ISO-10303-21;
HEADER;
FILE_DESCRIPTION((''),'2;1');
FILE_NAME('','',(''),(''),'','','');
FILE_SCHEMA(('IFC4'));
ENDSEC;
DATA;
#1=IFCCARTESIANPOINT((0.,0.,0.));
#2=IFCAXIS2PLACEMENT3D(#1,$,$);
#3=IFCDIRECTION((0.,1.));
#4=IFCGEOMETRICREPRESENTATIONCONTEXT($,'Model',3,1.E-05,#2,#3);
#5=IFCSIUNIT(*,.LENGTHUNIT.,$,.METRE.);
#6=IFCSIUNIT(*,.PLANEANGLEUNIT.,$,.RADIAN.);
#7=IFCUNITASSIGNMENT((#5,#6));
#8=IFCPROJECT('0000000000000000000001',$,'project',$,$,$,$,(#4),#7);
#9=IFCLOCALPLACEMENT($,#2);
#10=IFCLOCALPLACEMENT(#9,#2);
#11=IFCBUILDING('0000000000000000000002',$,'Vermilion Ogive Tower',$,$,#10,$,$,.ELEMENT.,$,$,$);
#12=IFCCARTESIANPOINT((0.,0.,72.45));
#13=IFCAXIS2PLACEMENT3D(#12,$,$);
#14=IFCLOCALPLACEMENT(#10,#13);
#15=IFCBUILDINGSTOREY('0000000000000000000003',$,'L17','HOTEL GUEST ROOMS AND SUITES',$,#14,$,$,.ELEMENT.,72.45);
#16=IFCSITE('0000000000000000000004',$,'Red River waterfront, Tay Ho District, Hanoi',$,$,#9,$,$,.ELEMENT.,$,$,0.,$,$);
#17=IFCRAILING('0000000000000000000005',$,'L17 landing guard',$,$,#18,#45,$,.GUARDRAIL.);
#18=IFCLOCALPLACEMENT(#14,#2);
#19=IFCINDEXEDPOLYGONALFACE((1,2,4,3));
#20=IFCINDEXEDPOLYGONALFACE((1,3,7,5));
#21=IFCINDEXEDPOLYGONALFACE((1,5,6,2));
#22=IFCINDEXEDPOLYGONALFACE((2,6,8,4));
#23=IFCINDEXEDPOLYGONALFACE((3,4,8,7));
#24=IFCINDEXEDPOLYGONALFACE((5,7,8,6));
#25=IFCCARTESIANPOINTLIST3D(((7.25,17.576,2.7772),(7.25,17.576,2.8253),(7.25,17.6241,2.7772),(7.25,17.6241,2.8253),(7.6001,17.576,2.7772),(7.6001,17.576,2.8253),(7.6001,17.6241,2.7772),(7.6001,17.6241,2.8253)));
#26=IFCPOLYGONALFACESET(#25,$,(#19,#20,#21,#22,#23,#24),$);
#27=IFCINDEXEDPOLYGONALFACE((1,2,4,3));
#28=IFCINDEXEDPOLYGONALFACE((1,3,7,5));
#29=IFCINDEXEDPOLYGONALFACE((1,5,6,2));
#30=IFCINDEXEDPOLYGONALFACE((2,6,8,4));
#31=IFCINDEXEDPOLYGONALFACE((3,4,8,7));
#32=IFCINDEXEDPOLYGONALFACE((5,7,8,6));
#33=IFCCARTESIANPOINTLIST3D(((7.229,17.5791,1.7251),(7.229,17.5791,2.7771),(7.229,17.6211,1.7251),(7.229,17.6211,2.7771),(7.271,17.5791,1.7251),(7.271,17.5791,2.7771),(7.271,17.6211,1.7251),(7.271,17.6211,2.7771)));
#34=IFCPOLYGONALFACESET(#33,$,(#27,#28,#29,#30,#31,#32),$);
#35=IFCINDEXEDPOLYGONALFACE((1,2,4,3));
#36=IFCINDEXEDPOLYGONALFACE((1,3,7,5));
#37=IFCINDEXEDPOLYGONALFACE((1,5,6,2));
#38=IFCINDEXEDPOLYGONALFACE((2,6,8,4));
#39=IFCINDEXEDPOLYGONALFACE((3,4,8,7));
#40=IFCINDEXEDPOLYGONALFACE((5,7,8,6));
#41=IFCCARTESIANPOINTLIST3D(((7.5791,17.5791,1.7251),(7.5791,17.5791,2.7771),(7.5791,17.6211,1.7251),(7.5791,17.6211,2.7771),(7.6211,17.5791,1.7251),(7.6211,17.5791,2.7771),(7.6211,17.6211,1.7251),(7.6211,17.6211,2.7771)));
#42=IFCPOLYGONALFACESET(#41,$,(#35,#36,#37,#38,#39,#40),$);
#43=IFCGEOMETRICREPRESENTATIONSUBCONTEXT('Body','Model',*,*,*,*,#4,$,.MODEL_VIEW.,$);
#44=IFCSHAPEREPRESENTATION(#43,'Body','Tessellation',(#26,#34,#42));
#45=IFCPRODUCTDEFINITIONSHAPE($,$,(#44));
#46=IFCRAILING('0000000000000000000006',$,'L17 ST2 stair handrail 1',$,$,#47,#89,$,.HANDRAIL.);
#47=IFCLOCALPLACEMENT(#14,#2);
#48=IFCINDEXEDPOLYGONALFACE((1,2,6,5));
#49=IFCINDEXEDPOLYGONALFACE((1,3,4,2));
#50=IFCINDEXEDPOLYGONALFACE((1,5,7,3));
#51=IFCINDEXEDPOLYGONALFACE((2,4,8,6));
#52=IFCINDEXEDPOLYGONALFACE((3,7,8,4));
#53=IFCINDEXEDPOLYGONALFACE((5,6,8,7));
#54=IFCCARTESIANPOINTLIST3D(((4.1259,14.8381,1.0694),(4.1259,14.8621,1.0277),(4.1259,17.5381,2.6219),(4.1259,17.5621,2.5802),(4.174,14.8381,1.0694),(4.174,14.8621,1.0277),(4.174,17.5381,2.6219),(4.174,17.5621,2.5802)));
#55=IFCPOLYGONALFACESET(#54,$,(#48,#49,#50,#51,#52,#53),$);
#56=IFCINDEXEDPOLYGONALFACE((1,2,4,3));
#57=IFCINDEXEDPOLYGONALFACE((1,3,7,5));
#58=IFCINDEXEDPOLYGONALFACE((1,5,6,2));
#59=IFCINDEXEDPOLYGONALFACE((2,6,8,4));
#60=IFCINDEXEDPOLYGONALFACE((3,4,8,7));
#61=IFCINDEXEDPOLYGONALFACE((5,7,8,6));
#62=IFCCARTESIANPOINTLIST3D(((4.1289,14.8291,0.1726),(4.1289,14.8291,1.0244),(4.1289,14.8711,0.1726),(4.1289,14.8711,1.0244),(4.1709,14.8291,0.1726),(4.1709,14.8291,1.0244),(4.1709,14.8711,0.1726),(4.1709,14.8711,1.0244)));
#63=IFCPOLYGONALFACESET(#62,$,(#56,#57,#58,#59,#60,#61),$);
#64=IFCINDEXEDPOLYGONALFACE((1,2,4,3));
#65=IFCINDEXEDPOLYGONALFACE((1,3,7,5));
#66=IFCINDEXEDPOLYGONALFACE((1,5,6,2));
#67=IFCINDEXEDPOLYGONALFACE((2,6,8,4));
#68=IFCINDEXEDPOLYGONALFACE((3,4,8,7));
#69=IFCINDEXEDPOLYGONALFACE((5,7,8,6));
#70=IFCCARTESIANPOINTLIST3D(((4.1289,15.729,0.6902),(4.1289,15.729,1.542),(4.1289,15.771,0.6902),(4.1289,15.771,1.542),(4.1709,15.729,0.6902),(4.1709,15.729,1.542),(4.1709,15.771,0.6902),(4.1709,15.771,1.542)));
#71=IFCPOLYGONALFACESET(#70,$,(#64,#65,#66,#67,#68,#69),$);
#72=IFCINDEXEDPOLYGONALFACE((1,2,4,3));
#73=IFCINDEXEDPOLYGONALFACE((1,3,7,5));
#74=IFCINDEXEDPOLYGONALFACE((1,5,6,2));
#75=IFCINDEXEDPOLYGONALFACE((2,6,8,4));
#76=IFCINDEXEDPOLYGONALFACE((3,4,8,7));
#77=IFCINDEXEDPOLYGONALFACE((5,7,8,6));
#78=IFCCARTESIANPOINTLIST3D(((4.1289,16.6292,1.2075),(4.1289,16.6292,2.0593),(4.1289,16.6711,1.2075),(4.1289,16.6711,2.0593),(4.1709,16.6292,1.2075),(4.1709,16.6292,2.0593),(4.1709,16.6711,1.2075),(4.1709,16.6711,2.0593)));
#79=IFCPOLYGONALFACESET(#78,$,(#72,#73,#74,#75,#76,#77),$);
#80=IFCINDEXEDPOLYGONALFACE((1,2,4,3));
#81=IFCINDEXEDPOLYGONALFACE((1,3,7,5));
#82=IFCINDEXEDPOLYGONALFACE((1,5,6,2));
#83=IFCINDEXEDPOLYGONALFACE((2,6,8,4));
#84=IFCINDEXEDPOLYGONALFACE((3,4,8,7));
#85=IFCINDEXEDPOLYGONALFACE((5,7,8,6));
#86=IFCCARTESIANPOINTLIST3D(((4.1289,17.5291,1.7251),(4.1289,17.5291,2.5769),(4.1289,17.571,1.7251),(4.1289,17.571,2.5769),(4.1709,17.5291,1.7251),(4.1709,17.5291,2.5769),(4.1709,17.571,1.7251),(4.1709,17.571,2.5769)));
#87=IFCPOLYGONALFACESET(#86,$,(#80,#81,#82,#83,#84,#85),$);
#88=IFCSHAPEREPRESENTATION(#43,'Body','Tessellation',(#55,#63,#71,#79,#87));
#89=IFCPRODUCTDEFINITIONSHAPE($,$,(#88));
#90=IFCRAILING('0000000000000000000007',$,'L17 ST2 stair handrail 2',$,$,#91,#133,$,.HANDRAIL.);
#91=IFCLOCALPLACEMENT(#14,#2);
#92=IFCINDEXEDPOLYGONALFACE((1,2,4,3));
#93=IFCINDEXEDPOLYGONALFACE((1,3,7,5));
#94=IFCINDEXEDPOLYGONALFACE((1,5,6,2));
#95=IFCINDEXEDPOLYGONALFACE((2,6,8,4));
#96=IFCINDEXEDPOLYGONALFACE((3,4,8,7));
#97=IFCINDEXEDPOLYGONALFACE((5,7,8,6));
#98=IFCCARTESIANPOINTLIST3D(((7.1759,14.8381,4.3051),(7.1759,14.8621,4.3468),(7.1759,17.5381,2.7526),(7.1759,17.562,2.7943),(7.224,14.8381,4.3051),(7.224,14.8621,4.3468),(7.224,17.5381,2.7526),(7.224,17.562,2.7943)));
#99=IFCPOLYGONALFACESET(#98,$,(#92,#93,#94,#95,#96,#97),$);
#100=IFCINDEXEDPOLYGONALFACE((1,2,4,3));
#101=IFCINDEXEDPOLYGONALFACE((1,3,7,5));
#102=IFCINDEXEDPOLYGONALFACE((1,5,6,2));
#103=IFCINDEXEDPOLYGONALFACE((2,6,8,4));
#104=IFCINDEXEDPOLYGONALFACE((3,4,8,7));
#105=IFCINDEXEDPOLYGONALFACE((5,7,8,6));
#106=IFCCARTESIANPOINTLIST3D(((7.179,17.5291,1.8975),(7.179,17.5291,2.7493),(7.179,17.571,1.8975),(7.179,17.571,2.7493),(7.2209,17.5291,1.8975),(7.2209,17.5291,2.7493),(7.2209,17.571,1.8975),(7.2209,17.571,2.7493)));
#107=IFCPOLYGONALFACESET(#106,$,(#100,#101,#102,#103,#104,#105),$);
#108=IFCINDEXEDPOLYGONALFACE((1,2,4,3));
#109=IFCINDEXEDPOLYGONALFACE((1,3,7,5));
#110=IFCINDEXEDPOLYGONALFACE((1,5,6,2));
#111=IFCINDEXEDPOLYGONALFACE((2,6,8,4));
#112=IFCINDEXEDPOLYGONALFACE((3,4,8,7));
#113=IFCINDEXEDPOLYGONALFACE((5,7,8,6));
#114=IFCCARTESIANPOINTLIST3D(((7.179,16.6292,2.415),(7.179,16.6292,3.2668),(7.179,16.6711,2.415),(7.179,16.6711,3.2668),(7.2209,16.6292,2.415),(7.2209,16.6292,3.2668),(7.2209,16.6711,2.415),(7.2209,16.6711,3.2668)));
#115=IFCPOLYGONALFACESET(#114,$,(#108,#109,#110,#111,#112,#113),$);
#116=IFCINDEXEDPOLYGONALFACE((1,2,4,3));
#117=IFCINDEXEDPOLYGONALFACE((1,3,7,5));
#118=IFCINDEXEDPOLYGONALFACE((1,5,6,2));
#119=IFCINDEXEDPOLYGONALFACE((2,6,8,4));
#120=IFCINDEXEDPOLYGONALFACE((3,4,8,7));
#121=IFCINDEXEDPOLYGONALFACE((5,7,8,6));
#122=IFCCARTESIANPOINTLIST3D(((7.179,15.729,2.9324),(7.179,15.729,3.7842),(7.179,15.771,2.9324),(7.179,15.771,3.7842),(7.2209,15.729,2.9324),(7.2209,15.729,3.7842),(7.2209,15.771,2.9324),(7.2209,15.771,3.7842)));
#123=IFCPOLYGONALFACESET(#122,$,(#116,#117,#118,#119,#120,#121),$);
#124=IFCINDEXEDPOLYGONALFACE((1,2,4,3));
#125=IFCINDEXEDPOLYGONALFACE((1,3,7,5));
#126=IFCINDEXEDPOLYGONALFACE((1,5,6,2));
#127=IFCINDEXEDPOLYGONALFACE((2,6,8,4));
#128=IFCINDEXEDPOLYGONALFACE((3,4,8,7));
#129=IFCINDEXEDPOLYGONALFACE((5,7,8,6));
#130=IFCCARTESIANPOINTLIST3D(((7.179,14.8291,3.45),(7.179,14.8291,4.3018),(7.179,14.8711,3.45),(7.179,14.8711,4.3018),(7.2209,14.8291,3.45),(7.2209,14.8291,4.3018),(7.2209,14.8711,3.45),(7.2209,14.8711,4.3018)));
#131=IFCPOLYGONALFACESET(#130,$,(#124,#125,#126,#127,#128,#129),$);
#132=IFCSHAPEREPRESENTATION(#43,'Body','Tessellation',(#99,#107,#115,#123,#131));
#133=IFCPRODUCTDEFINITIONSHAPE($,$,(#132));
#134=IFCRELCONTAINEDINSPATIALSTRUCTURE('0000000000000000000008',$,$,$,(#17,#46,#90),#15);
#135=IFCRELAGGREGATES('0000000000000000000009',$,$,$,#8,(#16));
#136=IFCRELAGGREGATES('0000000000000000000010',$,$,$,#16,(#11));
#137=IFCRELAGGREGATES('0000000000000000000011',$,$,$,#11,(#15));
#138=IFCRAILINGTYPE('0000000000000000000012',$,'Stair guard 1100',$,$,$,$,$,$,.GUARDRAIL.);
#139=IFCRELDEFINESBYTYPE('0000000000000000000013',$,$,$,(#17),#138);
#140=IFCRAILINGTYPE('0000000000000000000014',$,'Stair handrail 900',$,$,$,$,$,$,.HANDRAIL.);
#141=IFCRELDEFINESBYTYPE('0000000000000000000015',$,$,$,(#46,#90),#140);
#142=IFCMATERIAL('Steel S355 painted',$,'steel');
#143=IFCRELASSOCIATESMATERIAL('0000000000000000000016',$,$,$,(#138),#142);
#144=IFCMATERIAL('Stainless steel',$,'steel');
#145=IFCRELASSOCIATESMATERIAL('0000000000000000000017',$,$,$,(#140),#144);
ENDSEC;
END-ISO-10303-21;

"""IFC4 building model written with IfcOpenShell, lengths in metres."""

from ifc_helpers import new_model, si_unit, direction, frame, origin, origin_2d, place, context, subcontext, project, spatial, rectangle, extrude, material, type_object, element, save


model = new_model("IFC4")

# Units and contexts
model_context = context("Model", 3, precision=1e-05, world=origin(), true_north=direction((0.0, 1.0)))
body_context = subcontext(model_context, "Body", "Model", "MODEL_VIEW")
ifc_project = project(units=[si_unit("LENGTHUNIT", "METRE"), si_unit("PLANEANGLEUNIT", "RADIAN")], contexts=[model_context])

# Site, building, storey
site_placement = place(None, origin())
site = spatial("IfcSite", under=ifc_project, at=site_placement, Name="Red River waterfront, Tay Ho District, Hanoi", CompositionType="ELEMENT", RefElevation=0.0)
building_placement = place(site_placement, origin())
building = spatial("IfcBuilding", under=site, at=building_placement, Name="Vermilion Ogive Tower", CompositionType="ELEMENT")
storey_placement = place(building_placement, frame((0.0, 0.0, 72.45)))
storey = spatial("IfcBuildingStorey", under=building, at=storey_placement, Name="L17", Description="HOTEL GUEST ROOMS AND SUITES", CompositionType="ELEMENT", Elevation=72.45)

# Railings
ifc_material_1 = material(Name="Steel S355 painted", Category="steel")
railing_type_1 = type_object("IfcRailingType", Name="Stair guard 1100", PredefinedType="GUARDRAIL", material=ifc_material_1)
railing_1_placement = place(storey_placement, frame((7.25, 17.6001, 1.7251)))
element("IfcRailing", 1, at=railing_1_placement, inside=storey, type_object=railing_type_1, Name="L17 landing guard", PredefinedType="GUARDRAIL", context=body_context, shape_type="SweptSolid", body=[
    extrude(rectangle(XDim=0.0481, YDim=0.0481, at=origin_2d()), frame((0.0, 0.0, 1.0762), z_axis=(1.0, 0.0, 0.0), x_axis=(0.0, 1.0, 0.0)), (0.0, 0.0, 1.0), 0.3501),
    extrude(rectangle(XDim=0.042, YDim=0.042, at=origin_2d()), origin(), (0.0, 0.0, 1.0), 1.052),
    extrude(rectangle(XDim=0.042, YDim=0.042, at=origin_2d()), frame((0.3501, 0.0, 0.0)), (0.0, 0.0, 1.0), 1.052),
])
ifc_material_2 = material(Name="Stainless steel", Category="steel")
railing_type_2 = type_object("IfcRailingType", Name="Stair handrail 900", PredefinedType="HANDRAIL", material=ifc_material_2)
railing_2_placement = place(storey_placement, frame((4.1499, 14.8501, 0.1726)))
element("IfcRailing", 2, at=railing_2_placement, inside=storey, type_object=railing_type_2, Name="L17 ST2 stair handrail 1", PredefinedType="HANDRAIL", context=body_context, shape_type="SweptSolid", body=[
    extrude(rectangle(XDim=0.0481, YDim=0.0481, at=origin_2d()), frame((0.0, 0.0, 0.876), z_axis=(0.0, 0.866904, 0.498476), x_axis=(-1.0, 0.0, 0.0)), (0.0, 0.0, 1.0), 3.1145),
    extrude(rectangle(XDim=0.042, YDim=0.042, at=origin_2d()), origin(), (0.0, 0.0, 1.0), 0.8518),
    extrude(rectangle(XDim=0.042, YDim=0.042, at=origin_2d()), frame((0.0, 0.8999, 0.5176)), (0.0, 0.0, 1.0), 0.8518),
    extrude(rectangle(XDim=0.042, YDim=0.042, at=origin_2d()), frame((0.0, 1.8, 1.0349)), (0.0, 0.0, 1.0), 0.8518),
    extrude(rectangle(XDim=0.042, YDim=0.042, at=origin_2d()), frame((0.0, 2.7, 1.5525)), (0.0, 0.0, 1.0), 0.8518),
])
railing_3_placement = place(storey_placement, frame((7.2, 17.55, 1.8975)))
element("IfcRailing", 3, at=railing_3_placement, inside=storey, type_object=railing_type_2, Name="L17 ST2 stair handrail 2", PredefinedType="HANDRAIL", context=body_context, shape_type="SweptSolid", body=[
    extrude(rectangle(XDim=0.0481, YDim=0.0481, at=origin_2d()), frame((0.0, 0.0, 0.876), z_axis=(0.0, -0.866904, 0.498476), x_axis=(1.0, 0.0, 0.0)), (0.0, 0.0, 1.0), 3.1145),
    extrude(rectangle(XDim=0.042, YDim=0.042, at=origin_2d()), origin(), (0.0, 0.0, 1.0), 0.8518),
    extrude(rectangle(XDim=0.042, YDim=0.042, at=origin_2d()), frame((0.0, -0.8999, 0.5176)), (0.0, 0.0, 1.0), 0.8518),
    extrude(rectangle(XDim=0.042, YDim=0.042, at=origin_2d()), frame((0.0, -1.8, 1.0349)), (0.0, 0.0, 1.0), 0.8518),
    extrude(rectangle(XDim=0.042, YDim=0.042, at=origin_2d()), frame((0.0, -2.7, 1.5525)), (0.0, 0.0, 1.0), 0.8518),
])

save(model, "model.ifc")
